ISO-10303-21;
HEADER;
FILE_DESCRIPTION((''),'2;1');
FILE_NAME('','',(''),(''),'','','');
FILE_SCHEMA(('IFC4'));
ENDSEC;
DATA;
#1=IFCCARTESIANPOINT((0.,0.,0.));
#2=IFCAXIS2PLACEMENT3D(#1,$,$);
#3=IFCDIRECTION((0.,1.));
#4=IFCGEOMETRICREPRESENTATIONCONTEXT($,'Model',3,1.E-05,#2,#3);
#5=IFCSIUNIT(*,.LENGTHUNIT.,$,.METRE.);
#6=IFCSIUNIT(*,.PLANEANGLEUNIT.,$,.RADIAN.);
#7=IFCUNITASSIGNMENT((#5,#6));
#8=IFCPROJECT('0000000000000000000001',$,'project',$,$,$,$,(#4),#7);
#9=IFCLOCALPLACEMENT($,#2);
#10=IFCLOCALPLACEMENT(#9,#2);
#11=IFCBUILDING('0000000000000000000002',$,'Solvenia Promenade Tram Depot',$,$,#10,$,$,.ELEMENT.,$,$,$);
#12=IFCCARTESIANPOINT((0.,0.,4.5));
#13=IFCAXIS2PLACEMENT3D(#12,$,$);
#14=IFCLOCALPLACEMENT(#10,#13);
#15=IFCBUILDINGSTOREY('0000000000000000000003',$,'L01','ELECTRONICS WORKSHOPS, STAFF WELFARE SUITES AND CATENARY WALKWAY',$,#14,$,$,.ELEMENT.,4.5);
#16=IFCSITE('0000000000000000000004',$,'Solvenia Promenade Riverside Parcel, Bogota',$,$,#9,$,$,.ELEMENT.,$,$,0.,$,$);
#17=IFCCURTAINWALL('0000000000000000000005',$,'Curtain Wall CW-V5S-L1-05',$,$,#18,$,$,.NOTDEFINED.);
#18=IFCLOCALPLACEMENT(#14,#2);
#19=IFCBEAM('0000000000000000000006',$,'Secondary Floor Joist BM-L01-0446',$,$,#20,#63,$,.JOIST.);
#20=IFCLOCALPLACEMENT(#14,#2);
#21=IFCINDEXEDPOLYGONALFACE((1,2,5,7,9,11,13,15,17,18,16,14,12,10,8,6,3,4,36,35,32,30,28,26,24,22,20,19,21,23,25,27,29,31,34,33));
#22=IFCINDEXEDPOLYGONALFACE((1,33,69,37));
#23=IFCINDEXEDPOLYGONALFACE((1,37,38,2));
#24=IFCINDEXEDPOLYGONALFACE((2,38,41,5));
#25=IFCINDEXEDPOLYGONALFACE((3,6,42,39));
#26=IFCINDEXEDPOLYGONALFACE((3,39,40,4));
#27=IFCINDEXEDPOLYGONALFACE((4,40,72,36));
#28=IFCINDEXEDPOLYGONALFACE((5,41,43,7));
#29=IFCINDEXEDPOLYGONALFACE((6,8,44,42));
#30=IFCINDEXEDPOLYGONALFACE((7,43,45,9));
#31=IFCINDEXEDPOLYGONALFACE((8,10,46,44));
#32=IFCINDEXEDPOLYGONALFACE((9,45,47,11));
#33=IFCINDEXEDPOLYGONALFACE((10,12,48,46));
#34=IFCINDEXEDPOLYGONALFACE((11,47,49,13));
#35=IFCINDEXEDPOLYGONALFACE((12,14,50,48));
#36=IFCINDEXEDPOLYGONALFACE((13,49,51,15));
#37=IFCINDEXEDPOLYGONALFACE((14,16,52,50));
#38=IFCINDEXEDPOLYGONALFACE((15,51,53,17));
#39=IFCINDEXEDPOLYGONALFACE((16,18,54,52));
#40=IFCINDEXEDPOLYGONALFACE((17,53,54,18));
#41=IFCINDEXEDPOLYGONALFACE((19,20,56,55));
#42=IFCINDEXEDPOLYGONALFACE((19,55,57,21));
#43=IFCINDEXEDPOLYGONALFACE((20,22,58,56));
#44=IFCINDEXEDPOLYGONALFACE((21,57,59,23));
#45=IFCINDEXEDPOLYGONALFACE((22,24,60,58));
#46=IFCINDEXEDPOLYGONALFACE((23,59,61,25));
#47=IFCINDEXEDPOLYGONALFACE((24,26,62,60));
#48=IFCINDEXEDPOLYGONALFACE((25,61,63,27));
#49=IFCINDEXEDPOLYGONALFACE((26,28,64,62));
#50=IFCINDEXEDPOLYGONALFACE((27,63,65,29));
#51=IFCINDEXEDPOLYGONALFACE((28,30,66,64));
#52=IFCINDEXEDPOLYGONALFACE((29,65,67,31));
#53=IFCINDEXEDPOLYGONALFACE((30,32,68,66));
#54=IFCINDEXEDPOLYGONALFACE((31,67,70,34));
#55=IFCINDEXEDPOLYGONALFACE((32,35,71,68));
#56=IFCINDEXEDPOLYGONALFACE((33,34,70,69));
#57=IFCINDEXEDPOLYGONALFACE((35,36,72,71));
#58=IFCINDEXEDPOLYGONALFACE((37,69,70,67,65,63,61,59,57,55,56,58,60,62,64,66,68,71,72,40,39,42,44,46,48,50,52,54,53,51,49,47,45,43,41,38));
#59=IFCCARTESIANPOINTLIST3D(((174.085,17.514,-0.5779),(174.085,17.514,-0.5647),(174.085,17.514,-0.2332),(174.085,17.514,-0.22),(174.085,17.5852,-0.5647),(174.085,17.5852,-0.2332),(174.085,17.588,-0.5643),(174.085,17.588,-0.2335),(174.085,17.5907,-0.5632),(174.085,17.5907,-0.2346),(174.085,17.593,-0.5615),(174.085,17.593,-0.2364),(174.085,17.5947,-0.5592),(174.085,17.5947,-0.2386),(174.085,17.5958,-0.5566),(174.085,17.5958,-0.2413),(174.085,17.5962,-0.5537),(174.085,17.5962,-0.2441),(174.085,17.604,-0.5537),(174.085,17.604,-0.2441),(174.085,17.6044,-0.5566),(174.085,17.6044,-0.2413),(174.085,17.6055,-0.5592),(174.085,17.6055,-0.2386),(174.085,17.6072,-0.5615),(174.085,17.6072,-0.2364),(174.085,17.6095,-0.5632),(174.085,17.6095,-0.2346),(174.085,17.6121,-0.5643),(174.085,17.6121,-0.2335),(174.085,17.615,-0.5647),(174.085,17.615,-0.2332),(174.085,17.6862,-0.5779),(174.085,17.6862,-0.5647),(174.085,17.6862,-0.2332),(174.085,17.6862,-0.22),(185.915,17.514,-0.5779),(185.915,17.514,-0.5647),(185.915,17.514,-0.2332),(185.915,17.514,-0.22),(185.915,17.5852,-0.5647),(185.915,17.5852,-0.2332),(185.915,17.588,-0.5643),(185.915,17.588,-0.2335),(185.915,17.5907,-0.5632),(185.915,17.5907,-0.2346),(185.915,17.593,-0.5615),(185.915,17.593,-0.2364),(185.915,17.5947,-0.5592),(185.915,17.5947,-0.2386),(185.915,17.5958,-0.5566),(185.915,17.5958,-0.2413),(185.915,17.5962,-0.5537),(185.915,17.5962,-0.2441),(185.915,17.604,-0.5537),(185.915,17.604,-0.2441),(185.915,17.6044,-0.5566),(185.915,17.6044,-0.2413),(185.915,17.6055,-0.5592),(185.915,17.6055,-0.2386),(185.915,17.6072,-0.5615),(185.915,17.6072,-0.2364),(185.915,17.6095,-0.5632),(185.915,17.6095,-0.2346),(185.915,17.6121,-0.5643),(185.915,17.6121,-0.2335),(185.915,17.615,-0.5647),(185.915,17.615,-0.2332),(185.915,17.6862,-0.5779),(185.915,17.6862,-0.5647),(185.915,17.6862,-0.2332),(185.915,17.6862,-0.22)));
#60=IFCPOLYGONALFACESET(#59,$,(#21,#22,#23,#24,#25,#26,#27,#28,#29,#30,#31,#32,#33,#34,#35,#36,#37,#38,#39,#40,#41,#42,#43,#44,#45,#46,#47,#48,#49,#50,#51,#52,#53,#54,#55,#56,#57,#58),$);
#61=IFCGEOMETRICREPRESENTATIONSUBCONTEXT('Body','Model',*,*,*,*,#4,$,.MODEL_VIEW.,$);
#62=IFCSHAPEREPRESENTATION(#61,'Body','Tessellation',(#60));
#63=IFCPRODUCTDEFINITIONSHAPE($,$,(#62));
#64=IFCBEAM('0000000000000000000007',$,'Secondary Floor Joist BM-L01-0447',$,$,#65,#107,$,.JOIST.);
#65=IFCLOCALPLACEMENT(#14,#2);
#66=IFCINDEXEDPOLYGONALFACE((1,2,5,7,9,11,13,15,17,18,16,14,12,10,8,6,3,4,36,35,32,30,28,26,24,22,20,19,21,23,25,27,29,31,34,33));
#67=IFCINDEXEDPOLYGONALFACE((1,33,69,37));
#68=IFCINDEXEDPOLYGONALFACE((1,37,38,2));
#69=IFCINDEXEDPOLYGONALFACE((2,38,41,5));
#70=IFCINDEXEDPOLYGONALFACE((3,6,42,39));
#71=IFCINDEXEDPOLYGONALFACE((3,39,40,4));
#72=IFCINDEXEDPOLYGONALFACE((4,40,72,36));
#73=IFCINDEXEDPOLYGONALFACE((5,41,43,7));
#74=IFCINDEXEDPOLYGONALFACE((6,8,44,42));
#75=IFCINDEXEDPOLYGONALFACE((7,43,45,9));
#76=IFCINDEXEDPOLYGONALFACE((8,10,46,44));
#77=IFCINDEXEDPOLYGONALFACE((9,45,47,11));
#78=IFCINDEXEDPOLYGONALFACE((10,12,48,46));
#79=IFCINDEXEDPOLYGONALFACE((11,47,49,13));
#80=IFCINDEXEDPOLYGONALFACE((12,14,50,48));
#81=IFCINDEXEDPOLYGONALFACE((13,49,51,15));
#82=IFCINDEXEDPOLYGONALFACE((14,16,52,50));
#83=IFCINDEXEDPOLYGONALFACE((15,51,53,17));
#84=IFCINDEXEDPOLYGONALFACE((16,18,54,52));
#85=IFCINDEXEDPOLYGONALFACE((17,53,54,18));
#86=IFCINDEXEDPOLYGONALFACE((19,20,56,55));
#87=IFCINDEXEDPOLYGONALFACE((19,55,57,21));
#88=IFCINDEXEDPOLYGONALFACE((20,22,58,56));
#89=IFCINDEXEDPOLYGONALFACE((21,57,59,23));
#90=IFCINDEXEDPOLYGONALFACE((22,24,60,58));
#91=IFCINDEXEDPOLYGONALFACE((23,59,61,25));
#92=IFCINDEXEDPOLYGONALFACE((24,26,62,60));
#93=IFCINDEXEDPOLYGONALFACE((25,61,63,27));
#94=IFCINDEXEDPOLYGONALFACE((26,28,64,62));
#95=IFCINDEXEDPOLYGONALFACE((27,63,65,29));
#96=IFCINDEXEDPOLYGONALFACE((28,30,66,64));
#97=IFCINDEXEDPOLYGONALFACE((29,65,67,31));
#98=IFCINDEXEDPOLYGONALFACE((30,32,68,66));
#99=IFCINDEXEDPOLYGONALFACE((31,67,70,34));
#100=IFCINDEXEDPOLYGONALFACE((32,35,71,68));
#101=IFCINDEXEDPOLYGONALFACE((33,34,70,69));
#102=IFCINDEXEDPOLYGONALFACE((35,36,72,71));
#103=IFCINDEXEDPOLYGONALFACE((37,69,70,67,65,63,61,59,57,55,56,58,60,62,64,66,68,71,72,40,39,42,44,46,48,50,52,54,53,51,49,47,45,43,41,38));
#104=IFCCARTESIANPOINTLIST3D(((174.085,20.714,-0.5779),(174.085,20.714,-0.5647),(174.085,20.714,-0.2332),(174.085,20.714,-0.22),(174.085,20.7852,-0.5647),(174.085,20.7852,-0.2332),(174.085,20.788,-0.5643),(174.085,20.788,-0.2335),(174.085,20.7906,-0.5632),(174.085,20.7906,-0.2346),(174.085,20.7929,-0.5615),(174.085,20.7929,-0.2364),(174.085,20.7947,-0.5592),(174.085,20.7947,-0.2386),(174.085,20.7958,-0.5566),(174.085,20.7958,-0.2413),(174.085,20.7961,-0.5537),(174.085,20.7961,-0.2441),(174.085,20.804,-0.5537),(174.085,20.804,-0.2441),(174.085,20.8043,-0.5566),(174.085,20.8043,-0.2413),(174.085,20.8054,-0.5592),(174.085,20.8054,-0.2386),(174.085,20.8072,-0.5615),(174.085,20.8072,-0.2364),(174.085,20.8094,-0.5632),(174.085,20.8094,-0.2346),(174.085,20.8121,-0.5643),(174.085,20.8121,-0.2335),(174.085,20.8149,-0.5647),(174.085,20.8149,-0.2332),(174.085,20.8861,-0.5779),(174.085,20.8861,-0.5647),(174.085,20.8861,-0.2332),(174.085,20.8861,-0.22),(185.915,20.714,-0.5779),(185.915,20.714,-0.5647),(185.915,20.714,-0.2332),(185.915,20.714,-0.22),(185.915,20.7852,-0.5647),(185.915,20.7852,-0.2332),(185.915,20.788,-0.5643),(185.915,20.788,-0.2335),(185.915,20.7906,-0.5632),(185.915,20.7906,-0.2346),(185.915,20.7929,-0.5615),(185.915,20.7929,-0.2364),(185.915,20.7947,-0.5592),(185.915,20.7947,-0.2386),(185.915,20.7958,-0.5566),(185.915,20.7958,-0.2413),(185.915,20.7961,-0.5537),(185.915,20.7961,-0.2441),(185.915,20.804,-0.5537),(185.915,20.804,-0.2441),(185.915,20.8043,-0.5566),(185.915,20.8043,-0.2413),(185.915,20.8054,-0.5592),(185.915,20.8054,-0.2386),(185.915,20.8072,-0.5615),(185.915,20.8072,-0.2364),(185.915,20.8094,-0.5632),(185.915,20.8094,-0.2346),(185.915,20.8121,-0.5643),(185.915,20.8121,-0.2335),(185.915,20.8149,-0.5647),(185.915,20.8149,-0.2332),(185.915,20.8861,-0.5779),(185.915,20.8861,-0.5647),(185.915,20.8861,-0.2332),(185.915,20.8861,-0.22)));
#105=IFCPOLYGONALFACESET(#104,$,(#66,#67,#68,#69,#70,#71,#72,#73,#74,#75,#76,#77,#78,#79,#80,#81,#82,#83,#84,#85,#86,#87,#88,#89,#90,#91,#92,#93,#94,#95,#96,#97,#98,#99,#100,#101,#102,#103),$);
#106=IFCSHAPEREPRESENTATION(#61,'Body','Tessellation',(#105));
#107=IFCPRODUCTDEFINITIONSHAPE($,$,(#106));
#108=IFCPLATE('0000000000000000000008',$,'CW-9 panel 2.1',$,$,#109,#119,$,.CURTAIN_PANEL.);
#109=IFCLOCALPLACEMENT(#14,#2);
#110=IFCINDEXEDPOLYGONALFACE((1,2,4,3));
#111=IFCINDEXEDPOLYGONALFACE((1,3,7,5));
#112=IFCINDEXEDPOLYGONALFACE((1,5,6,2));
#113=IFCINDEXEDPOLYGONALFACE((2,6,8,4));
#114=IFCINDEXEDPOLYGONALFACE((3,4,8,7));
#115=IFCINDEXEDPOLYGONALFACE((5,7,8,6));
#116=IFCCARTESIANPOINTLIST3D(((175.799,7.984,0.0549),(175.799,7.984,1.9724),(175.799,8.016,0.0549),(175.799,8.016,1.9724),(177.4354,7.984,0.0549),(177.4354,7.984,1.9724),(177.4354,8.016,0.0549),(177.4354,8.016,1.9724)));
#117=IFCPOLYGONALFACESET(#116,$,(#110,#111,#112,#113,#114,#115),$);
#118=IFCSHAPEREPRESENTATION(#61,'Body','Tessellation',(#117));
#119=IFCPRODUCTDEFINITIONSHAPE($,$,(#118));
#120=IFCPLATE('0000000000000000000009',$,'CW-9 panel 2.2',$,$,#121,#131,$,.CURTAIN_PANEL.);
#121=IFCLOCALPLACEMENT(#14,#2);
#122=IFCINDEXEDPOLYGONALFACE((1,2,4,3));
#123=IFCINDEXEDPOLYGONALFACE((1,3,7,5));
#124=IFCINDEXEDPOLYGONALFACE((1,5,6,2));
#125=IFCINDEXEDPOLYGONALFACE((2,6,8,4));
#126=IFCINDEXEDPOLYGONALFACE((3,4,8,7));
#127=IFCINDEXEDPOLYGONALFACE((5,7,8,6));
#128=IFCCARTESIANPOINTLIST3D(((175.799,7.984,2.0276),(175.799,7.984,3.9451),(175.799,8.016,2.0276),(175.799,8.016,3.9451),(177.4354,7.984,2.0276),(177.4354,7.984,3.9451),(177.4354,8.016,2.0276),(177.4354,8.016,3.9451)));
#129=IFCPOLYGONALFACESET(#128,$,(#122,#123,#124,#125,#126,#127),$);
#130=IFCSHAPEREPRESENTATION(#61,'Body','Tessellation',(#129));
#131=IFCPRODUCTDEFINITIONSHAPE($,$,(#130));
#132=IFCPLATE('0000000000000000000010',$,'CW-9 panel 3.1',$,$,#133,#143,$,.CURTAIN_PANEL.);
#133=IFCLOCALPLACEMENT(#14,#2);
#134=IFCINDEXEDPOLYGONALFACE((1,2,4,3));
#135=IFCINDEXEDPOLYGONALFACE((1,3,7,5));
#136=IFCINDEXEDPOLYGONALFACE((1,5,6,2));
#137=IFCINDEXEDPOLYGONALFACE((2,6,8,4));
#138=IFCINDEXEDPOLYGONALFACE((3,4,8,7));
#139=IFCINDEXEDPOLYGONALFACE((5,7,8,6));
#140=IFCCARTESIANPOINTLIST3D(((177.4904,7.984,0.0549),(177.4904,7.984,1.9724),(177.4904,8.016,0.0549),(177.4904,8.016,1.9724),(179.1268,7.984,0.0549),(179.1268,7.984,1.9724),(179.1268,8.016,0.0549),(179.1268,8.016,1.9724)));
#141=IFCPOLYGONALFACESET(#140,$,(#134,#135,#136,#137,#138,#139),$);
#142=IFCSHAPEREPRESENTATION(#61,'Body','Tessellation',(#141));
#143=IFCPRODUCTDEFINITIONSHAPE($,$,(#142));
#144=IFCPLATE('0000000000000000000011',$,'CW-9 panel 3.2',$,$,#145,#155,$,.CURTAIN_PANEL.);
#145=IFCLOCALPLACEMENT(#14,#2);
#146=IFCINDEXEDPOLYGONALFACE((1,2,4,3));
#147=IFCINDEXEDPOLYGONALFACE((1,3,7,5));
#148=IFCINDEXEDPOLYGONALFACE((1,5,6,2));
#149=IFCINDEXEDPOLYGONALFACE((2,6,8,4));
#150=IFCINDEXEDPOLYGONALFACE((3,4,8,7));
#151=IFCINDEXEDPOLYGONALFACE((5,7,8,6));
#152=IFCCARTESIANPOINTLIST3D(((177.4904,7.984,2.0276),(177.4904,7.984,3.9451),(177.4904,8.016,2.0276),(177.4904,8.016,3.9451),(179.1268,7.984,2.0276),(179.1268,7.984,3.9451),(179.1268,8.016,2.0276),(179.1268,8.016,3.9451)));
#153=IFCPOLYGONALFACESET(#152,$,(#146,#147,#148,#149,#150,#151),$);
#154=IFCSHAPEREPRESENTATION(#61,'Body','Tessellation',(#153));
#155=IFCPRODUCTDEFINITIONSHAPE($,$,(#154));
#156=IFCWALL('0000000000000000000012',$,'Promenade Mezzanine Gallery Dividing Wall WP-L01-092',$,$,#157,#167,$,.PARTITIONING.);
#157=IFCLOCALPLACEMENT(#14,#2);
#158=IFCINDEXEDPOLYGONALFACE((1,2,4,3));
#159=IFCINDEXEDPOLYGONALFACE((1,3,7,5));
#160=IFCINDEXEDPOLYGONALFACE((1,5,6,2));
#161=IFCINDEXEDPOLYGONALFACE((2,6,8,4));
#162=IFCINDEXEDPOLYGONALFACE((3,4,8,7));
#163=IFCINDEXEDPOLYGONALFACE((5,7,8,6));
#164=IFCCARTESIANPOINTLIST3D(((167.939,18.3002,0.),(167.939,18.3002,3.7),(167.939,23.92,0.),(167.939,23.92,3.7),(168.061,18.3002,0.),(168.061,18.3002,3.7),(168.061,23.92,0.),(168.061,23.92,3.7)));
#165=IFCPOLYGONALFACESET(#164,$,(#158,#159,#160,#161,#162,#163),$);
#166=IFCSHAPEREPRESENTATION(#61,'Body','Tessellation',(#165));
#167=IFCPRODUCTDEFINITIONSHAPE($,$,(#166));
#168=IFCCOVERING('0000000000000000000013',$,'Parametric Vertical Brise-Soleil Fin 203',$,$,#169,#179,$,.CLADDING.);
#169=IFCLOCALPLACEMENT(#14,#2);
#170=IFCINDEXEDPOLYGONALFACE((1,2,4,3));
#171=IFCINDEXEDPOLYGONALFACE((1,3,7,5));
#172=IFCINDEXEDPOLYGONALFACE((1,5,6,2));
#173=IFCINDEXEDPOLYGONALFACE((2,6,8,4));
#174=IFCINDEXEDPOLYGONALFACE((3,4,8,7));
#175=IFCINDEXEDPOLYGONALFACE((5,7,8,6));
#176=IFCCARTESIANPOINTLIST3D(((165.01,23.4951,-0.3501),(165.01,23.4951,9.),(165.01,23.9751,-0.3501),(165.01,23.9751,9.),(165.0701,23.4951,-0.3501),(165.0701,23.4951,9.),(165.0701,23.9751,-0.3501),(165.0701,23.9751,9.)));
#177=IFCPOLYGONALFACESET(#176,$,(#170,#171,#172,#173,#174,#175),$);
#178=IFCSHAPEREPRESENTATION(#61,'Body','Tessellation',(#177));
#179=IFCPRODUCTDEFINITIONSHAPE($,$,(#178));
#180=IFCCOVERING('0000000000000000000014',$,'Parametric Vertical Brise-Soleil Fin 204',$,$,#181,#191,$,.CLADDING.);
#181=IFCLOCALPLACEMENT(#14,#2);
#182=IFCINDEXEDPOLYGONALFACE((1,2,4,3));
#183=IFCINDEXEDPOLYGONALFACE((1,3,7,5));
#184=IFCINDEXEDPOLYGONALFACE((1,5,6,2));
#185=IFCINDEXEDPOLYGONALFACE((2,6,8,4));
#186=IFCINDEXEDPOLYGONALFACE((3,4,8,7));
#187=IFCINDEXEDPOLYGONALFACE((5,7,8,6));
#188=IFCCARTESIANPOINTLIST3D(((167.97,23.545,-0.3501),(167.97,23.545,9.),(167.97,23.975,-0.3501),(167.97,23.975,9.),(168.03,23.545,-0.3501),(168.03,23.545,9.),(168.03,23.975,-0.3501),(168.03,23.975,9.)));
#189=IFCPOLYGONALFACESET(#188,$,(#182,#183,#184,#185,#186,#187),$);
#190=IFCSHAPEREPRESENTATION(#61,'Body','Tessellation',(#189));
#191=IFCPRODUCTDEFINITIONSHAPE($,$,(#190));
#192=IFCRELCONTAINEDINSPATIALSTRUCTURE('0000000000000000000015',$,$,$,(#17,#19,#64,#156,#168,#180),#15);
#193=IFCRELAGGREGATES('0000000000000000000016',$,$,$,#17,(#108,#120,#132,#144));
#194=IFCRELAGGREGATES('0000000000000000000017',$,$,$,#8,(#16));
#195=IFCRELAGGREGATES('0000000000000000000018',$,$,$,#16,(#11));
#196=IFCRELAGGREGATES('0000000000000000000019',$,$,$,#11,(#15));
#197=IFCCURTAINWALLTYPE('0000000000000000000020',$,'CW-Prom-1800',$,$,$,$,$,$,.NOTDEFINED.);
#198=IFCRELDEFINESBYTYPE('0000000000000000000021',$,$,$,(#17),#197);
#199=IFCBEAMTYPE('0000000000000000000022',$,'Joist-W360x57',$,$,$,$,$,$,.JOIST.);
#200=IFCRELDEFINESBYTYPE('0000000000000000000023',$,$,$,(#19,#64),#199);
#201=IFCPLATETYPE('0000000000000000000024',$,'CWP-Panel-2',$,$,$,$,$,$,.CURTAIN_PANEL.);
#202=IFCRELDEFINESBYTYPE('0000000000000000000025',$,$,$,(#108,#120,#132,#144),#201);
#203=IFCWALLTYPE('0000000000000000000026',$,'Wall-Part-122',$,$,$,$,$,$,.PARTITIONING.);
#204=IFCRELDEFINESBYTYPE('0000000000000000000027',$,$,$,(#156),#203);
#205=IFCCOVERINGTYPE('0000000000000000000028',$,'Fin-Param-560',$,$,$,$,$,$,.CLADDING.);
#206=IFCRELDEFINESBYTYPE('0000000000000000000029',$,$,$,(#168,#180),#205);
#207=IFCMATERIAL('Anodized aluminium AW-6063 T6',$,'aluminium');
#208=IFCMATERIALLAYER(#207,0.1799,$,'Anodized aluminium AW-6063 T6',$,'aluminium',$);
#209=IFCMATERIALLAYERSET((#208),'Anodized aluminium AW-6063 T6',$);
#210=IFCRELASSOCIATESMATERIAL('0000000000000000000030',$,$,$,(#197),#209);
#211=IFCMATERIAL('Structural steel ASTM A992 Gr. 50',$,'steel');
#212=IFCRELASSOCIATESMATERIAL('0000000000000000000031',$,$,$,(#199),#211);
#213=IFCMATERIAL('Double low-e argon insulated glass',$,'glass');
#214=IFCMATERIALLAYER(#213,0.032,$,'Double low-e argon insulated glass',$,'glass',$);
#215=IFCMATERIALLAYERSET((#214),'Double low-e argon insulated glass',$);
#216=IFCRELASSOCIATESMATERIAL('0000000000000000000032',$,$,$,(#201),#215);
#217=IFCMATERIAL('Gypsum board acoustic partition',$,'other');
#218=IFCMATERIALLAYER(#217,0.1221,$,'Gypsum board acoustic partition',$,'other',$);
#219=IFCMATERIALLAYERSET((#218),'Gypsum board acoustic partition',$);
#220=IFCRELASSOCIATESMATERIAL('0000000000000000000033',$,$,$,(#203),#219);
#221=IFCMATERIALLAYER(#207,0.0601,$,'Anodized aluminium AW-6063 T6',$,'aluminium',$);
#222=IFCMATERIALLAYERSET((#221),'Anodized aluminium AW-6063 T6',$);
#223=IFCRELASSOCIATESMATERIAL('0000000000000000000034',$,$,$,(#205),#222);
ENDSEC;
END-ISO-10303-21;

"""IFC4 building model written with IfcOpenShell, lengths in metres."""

from ifc_helpers import new_model, si_unit, direction, frame, frame_2d, origin, origin_2d, place, context, subcontext, project, spatial, rectangle, i_section, extrude, material, layer, layer_set, material_profile, profile_set, type_object, element, aggregate, save


model = new_model("IFC4")

# Units and contexts
model_context = context("Model", 3, precision=1e-05, world=origin(), true_north=direction((0.0, 1.0)))
body_context = subcontext(model_context, "Body", "Model", "MODEL_VIEW")
ifc_project = project(units=[si_unit("LENGTHUNIT", "METRE"), si_unit("PLANEANGLEUNIT", "RADIAN")], contexts=[model_context])

# Site, building, storey
site_placement = place(None, origin())
site = spatial("IfcSite", under=ifc_project, at=site_placement, Name="Solvenia Promenade Riverside Parcel, Bogota", CompositionType="ELEMENT", RefElevation=0.0)
building_placement = place(site_placement, origin())
building = spatial("IfcBuilding", under=site, at=building_placement, Name="Solvenia Promenade Tram Depot", CompositionType="ELEMENT")
storey_placement = place(building_placement, frame((0.0, 0.0, 4.5)))
storey = spatial("IfcBuildingStorey", under=building, at=storey_placement, Name="L01", Description="ELECTRONICS WORKSHOPS, STAFF WELFARE SUITES AND CATENARY WALKWAY", CompositionType="ELEMENT", Elevation=4.5)

# Curtain wall
ifc_material_1 = material(Name="Anodized aluminium AW-6063 T6", Category="aluminium")
ifc_layer_1 = layer(ifc_material_1, 0.1799, Name="Anodized aluminium AW-6063 T6", Category="aluminium")
ifc_layer_set_1 = layer_set([ifc_layer_1], Name="Anodized aluminium AW-6063 T6")
curtain_wall_type = type_object("IfcCurtainWallType", Name="CW-Prom-1800", PredefinedType="NOTDEFINED", material=ifc_layer_set_1)
curtain_wall_placement = place(storey_placement, origin())
curtain_wall = element("IfcCurtainWall", 1, at=curtain_wall_placement, inside=storey, type_object=curtain_wall_type, Name="Curtain Wall CW-V5S-L1-05", PredefinedType="NOTDEFINED")

# Beams
ifc_material_2 = material(Name="Structural steel ASTM A992 Gr. 50", Category="steel")
ifc_material_profile_1 = material_profile(ifc_material_2, i_section(OverallWidth=0.1721, OverallDepth=0.3579, WebThickness=0.0078, FlangeThickness=0.0132, FilletRadius=0.011, at=origin_2d()), Name="W360x57", Category="steel")
ifc_profile_set_1 = profile_set([ifc_material_profile_1], Name="Structural steel ASTM A992 Gr. 50")
beam_type_1 = type_object("IfcBeamType", Name="Joist-W360x57", PredefinedType="JOIST", material=ifc_profile_set_1)
for number, where, z_axis, x_axis, name in (
    (2, (174.085, 17.6001, -0.3989), (1.0, 0.0, 0.0), (0.0, 1.0, 0.0), "Secondary Floor Joist BM-L01-0446"),
    (3, (174.085, 20.8, -0.3989), (1.0, 0.0, 0.0), (0.0, 1.0, 0.0), "Secondary Floor Joist BM-L01-0447"),
):
    element("IfcBeam", number, at=place(storey_placement, frame(where, z_axis=z_axis, x_axis=x_axis)), inside=storey, type_object=beam_type_1, Name=name, PredefinedType="JOIST", context=body_context, shape_type="SweptSolid", body=[
        extrude(i_section(OverallWidth=0.1721, OverallDepth=0.3579, WebThickness=0.0078, FlangeThickness=0.0132, FilletRadius=0.011, at=origin_2d()), origin(), (0.0, 0.0, 1.0), 11.8301),
    ])

# Plates
ifc_material_3 = material(Name="Double low-e argon insulated glass", Category="glass")
ifc_layer_2 = layer(ifc_material_3, 0.032, Name="Double low-e argon insulated glass", Category="glass")
ifc_layer_set_2 = layer_set([ifc_layer_2], Name="Double low-e argon insulated glass")
plate_type = type_object("IfcPlateType", Name="CWP-Panel-2", PredefinedType="CURTAIN_PANEL", material=ifc_layer_set_2)
plate_1_placement = place(storey_placement, frame((176.6172, 8.0, 0.0549), z_axis=(0.0, 0.0, 1.0), x_axis=(1.0, 0.0, 0.0)))
plate_1 = element("IfcPlate", 4, at=plate_1_placement, type_object=plate_type, Name="CW-9 panel 2.1", PredefinedType="CURTAIN_PANEL", context=body_context, shape_type="SweptSolid", body=[
    extrude(rectangle(XDim=1.6365, YDim=0.032, at=origin_2d()), origin(), (0.0, 0.0, 1.0), 1.9175),
])
plate_2_placement = place(storey_placement, frame((176.6172, 8.0, 2.0276), z_axis=(0.0, 0.0, 1.0), x_axis=(1.0, 0.0, 0.0)))
plate_2 = element("IfcPlate", 5, at=plate_2_placement, type_object=plate_type, Name="CW-9 panel 2.2", PredefinedType="CURTAIN_PANEL", context=body_context, shape_type="SweptSolid", body=[
    extrude(rectangle(XDim=1.6365, YDim=0.032, at=origin_2d()), origin(), (0.0, 0.0, 1.0), 1.9175),
])
plate_3_placement = place(storey_placement, frame((178.3086, 8.0, 0.0549), z_axis=(0.0, 0.0, 1.0), x_axis=(1.0, 0.0, 0.0)))
plate_3 = element("IfcPlate", 6, at=plate_3_placement, type_object=plate_type, Name="CW-9 panel 3.1", PredefinedType="CURTAIN_PANEL", context=body_context, shape_type="SweptSolid", body=[
    extrude(rectangle(XDim=1.6365, YDim=0.032, at=origin_2d()), origin(), (0.0, 0.0, 1.0), 1.9175),
])
plate_4_placement = place(storey_placement, frame((178.3086, 8.0, 2.0276), z_axis=(0.0, 0.0, 1.0), x_axis=(1.0, 0.0, 0.0)))
plate_4 = element("IfcPlate", 7, at=plate_4_placement, type_object=plate_type, Name="CW-9 panel 3.2", PredefinedType="CURTAIN_PANEL", context=body_context, shape_type="SweptSolid", body=[
    extrude(rectangle(XDim=1.6365, YDim=0.032, at=origin_2d()), origin(), (0.0, 0.0, 1.0), 1.9175),
])
aggregate(curtain_wall, [plate_1, plate_2, plate_3, plate_4])

# Wall
ifc_material_4 = material(Name="Gypsum board acoustic partition", Category="other")
ifc_layer_3 = layer(ifc_material_4, 0.1221, Name="Gypsum board acoustic partition", Category="other")
ifc_layer_set_3 = layer_set([ifc_layer_3], Name="Gypsum board acoustic partition")
wall_type = type_object("IfcWallType", Name="Wall-Part-122", PredefinedType="PARTITIONING", material=ifc_layer_set_3)
wall_placement = place(storey_placement, frame((168.0, 18.3, 0.0), z_axis=(0.0, 0.0, 1.0), x_axis=(0.0, 1.0, 0.0)))
element("IfcWall", 8, at=wall_placement, inside=storey, type_object=wall_type, Name="Promenade Mezzanine Gallery Dividing Wall WP-L01-092", PredefinedType="PARTITIONING", context=body_context, shape_type="SweptSolid", body=[
    extrude(rectangle(XDim=5.6199, YDim=0.1221, at=frame_2d((2.8101, 0.0))), origin(), (0.0, 0.0, 1.0), 3.7),
])

# Coverings
ifc_layer_4 = layer(ifc_material_1, 0.0601, Name="Anodized aluminium AW-6063 T6", Category="aluminium")
ifc_layer_set_4 = layer_set([ifc_layer_4], Name="Anodized aluminium AW-6063 T6")
covering_type = type_object("IfcCoveringType", Name="Fin-Param-560", PredefinedType="CLADDING", material=ifc_layer_set_4)
covering_1_placement = place(storey_placement, frame((165.04, 23.7351, -0.3501), z_axis=(0.0, 0.0, 1.0), x_axis=(1.0, 0.0, 0.0)))
element("IfcCovering", 9, at=covering_1_placement, inside=storey, type_object=covering_type, Name="Parametric Vertical Brise-Soleil Fin 203", PredefinedType="CLADDING", context=body_context, shape_type="SweptSolid", body=[
    extrude(rectangle(XDim=0.0601, YDim=0.48, at=origin_2d()), origin(), (0.0, 0.0, 1.0), 9.3501),
])
covering_2_placement = place(storey_placement, frame((168.0, 23.76, -0.3501), z_axis=(0.0, 0.0, 1.0), x_axis=(1.0, 0.0, 0.0)))
element("IfcCovering", 10, at=covering_2_placement, inside=storey, type_object=covering_type, Name="Parametric Vertical Brise-Soleil Fin 204", PredefinedType="CLADDING", context=body_context, shape_type="SweptSolid", body=[
    extrude(rectangle(XDim=0.0601, YDim=0.4299, at=origin_2d()), origin(), (0.0, 0.0, 1.0), 9.3501),
])

save(model, "model.ifc")
